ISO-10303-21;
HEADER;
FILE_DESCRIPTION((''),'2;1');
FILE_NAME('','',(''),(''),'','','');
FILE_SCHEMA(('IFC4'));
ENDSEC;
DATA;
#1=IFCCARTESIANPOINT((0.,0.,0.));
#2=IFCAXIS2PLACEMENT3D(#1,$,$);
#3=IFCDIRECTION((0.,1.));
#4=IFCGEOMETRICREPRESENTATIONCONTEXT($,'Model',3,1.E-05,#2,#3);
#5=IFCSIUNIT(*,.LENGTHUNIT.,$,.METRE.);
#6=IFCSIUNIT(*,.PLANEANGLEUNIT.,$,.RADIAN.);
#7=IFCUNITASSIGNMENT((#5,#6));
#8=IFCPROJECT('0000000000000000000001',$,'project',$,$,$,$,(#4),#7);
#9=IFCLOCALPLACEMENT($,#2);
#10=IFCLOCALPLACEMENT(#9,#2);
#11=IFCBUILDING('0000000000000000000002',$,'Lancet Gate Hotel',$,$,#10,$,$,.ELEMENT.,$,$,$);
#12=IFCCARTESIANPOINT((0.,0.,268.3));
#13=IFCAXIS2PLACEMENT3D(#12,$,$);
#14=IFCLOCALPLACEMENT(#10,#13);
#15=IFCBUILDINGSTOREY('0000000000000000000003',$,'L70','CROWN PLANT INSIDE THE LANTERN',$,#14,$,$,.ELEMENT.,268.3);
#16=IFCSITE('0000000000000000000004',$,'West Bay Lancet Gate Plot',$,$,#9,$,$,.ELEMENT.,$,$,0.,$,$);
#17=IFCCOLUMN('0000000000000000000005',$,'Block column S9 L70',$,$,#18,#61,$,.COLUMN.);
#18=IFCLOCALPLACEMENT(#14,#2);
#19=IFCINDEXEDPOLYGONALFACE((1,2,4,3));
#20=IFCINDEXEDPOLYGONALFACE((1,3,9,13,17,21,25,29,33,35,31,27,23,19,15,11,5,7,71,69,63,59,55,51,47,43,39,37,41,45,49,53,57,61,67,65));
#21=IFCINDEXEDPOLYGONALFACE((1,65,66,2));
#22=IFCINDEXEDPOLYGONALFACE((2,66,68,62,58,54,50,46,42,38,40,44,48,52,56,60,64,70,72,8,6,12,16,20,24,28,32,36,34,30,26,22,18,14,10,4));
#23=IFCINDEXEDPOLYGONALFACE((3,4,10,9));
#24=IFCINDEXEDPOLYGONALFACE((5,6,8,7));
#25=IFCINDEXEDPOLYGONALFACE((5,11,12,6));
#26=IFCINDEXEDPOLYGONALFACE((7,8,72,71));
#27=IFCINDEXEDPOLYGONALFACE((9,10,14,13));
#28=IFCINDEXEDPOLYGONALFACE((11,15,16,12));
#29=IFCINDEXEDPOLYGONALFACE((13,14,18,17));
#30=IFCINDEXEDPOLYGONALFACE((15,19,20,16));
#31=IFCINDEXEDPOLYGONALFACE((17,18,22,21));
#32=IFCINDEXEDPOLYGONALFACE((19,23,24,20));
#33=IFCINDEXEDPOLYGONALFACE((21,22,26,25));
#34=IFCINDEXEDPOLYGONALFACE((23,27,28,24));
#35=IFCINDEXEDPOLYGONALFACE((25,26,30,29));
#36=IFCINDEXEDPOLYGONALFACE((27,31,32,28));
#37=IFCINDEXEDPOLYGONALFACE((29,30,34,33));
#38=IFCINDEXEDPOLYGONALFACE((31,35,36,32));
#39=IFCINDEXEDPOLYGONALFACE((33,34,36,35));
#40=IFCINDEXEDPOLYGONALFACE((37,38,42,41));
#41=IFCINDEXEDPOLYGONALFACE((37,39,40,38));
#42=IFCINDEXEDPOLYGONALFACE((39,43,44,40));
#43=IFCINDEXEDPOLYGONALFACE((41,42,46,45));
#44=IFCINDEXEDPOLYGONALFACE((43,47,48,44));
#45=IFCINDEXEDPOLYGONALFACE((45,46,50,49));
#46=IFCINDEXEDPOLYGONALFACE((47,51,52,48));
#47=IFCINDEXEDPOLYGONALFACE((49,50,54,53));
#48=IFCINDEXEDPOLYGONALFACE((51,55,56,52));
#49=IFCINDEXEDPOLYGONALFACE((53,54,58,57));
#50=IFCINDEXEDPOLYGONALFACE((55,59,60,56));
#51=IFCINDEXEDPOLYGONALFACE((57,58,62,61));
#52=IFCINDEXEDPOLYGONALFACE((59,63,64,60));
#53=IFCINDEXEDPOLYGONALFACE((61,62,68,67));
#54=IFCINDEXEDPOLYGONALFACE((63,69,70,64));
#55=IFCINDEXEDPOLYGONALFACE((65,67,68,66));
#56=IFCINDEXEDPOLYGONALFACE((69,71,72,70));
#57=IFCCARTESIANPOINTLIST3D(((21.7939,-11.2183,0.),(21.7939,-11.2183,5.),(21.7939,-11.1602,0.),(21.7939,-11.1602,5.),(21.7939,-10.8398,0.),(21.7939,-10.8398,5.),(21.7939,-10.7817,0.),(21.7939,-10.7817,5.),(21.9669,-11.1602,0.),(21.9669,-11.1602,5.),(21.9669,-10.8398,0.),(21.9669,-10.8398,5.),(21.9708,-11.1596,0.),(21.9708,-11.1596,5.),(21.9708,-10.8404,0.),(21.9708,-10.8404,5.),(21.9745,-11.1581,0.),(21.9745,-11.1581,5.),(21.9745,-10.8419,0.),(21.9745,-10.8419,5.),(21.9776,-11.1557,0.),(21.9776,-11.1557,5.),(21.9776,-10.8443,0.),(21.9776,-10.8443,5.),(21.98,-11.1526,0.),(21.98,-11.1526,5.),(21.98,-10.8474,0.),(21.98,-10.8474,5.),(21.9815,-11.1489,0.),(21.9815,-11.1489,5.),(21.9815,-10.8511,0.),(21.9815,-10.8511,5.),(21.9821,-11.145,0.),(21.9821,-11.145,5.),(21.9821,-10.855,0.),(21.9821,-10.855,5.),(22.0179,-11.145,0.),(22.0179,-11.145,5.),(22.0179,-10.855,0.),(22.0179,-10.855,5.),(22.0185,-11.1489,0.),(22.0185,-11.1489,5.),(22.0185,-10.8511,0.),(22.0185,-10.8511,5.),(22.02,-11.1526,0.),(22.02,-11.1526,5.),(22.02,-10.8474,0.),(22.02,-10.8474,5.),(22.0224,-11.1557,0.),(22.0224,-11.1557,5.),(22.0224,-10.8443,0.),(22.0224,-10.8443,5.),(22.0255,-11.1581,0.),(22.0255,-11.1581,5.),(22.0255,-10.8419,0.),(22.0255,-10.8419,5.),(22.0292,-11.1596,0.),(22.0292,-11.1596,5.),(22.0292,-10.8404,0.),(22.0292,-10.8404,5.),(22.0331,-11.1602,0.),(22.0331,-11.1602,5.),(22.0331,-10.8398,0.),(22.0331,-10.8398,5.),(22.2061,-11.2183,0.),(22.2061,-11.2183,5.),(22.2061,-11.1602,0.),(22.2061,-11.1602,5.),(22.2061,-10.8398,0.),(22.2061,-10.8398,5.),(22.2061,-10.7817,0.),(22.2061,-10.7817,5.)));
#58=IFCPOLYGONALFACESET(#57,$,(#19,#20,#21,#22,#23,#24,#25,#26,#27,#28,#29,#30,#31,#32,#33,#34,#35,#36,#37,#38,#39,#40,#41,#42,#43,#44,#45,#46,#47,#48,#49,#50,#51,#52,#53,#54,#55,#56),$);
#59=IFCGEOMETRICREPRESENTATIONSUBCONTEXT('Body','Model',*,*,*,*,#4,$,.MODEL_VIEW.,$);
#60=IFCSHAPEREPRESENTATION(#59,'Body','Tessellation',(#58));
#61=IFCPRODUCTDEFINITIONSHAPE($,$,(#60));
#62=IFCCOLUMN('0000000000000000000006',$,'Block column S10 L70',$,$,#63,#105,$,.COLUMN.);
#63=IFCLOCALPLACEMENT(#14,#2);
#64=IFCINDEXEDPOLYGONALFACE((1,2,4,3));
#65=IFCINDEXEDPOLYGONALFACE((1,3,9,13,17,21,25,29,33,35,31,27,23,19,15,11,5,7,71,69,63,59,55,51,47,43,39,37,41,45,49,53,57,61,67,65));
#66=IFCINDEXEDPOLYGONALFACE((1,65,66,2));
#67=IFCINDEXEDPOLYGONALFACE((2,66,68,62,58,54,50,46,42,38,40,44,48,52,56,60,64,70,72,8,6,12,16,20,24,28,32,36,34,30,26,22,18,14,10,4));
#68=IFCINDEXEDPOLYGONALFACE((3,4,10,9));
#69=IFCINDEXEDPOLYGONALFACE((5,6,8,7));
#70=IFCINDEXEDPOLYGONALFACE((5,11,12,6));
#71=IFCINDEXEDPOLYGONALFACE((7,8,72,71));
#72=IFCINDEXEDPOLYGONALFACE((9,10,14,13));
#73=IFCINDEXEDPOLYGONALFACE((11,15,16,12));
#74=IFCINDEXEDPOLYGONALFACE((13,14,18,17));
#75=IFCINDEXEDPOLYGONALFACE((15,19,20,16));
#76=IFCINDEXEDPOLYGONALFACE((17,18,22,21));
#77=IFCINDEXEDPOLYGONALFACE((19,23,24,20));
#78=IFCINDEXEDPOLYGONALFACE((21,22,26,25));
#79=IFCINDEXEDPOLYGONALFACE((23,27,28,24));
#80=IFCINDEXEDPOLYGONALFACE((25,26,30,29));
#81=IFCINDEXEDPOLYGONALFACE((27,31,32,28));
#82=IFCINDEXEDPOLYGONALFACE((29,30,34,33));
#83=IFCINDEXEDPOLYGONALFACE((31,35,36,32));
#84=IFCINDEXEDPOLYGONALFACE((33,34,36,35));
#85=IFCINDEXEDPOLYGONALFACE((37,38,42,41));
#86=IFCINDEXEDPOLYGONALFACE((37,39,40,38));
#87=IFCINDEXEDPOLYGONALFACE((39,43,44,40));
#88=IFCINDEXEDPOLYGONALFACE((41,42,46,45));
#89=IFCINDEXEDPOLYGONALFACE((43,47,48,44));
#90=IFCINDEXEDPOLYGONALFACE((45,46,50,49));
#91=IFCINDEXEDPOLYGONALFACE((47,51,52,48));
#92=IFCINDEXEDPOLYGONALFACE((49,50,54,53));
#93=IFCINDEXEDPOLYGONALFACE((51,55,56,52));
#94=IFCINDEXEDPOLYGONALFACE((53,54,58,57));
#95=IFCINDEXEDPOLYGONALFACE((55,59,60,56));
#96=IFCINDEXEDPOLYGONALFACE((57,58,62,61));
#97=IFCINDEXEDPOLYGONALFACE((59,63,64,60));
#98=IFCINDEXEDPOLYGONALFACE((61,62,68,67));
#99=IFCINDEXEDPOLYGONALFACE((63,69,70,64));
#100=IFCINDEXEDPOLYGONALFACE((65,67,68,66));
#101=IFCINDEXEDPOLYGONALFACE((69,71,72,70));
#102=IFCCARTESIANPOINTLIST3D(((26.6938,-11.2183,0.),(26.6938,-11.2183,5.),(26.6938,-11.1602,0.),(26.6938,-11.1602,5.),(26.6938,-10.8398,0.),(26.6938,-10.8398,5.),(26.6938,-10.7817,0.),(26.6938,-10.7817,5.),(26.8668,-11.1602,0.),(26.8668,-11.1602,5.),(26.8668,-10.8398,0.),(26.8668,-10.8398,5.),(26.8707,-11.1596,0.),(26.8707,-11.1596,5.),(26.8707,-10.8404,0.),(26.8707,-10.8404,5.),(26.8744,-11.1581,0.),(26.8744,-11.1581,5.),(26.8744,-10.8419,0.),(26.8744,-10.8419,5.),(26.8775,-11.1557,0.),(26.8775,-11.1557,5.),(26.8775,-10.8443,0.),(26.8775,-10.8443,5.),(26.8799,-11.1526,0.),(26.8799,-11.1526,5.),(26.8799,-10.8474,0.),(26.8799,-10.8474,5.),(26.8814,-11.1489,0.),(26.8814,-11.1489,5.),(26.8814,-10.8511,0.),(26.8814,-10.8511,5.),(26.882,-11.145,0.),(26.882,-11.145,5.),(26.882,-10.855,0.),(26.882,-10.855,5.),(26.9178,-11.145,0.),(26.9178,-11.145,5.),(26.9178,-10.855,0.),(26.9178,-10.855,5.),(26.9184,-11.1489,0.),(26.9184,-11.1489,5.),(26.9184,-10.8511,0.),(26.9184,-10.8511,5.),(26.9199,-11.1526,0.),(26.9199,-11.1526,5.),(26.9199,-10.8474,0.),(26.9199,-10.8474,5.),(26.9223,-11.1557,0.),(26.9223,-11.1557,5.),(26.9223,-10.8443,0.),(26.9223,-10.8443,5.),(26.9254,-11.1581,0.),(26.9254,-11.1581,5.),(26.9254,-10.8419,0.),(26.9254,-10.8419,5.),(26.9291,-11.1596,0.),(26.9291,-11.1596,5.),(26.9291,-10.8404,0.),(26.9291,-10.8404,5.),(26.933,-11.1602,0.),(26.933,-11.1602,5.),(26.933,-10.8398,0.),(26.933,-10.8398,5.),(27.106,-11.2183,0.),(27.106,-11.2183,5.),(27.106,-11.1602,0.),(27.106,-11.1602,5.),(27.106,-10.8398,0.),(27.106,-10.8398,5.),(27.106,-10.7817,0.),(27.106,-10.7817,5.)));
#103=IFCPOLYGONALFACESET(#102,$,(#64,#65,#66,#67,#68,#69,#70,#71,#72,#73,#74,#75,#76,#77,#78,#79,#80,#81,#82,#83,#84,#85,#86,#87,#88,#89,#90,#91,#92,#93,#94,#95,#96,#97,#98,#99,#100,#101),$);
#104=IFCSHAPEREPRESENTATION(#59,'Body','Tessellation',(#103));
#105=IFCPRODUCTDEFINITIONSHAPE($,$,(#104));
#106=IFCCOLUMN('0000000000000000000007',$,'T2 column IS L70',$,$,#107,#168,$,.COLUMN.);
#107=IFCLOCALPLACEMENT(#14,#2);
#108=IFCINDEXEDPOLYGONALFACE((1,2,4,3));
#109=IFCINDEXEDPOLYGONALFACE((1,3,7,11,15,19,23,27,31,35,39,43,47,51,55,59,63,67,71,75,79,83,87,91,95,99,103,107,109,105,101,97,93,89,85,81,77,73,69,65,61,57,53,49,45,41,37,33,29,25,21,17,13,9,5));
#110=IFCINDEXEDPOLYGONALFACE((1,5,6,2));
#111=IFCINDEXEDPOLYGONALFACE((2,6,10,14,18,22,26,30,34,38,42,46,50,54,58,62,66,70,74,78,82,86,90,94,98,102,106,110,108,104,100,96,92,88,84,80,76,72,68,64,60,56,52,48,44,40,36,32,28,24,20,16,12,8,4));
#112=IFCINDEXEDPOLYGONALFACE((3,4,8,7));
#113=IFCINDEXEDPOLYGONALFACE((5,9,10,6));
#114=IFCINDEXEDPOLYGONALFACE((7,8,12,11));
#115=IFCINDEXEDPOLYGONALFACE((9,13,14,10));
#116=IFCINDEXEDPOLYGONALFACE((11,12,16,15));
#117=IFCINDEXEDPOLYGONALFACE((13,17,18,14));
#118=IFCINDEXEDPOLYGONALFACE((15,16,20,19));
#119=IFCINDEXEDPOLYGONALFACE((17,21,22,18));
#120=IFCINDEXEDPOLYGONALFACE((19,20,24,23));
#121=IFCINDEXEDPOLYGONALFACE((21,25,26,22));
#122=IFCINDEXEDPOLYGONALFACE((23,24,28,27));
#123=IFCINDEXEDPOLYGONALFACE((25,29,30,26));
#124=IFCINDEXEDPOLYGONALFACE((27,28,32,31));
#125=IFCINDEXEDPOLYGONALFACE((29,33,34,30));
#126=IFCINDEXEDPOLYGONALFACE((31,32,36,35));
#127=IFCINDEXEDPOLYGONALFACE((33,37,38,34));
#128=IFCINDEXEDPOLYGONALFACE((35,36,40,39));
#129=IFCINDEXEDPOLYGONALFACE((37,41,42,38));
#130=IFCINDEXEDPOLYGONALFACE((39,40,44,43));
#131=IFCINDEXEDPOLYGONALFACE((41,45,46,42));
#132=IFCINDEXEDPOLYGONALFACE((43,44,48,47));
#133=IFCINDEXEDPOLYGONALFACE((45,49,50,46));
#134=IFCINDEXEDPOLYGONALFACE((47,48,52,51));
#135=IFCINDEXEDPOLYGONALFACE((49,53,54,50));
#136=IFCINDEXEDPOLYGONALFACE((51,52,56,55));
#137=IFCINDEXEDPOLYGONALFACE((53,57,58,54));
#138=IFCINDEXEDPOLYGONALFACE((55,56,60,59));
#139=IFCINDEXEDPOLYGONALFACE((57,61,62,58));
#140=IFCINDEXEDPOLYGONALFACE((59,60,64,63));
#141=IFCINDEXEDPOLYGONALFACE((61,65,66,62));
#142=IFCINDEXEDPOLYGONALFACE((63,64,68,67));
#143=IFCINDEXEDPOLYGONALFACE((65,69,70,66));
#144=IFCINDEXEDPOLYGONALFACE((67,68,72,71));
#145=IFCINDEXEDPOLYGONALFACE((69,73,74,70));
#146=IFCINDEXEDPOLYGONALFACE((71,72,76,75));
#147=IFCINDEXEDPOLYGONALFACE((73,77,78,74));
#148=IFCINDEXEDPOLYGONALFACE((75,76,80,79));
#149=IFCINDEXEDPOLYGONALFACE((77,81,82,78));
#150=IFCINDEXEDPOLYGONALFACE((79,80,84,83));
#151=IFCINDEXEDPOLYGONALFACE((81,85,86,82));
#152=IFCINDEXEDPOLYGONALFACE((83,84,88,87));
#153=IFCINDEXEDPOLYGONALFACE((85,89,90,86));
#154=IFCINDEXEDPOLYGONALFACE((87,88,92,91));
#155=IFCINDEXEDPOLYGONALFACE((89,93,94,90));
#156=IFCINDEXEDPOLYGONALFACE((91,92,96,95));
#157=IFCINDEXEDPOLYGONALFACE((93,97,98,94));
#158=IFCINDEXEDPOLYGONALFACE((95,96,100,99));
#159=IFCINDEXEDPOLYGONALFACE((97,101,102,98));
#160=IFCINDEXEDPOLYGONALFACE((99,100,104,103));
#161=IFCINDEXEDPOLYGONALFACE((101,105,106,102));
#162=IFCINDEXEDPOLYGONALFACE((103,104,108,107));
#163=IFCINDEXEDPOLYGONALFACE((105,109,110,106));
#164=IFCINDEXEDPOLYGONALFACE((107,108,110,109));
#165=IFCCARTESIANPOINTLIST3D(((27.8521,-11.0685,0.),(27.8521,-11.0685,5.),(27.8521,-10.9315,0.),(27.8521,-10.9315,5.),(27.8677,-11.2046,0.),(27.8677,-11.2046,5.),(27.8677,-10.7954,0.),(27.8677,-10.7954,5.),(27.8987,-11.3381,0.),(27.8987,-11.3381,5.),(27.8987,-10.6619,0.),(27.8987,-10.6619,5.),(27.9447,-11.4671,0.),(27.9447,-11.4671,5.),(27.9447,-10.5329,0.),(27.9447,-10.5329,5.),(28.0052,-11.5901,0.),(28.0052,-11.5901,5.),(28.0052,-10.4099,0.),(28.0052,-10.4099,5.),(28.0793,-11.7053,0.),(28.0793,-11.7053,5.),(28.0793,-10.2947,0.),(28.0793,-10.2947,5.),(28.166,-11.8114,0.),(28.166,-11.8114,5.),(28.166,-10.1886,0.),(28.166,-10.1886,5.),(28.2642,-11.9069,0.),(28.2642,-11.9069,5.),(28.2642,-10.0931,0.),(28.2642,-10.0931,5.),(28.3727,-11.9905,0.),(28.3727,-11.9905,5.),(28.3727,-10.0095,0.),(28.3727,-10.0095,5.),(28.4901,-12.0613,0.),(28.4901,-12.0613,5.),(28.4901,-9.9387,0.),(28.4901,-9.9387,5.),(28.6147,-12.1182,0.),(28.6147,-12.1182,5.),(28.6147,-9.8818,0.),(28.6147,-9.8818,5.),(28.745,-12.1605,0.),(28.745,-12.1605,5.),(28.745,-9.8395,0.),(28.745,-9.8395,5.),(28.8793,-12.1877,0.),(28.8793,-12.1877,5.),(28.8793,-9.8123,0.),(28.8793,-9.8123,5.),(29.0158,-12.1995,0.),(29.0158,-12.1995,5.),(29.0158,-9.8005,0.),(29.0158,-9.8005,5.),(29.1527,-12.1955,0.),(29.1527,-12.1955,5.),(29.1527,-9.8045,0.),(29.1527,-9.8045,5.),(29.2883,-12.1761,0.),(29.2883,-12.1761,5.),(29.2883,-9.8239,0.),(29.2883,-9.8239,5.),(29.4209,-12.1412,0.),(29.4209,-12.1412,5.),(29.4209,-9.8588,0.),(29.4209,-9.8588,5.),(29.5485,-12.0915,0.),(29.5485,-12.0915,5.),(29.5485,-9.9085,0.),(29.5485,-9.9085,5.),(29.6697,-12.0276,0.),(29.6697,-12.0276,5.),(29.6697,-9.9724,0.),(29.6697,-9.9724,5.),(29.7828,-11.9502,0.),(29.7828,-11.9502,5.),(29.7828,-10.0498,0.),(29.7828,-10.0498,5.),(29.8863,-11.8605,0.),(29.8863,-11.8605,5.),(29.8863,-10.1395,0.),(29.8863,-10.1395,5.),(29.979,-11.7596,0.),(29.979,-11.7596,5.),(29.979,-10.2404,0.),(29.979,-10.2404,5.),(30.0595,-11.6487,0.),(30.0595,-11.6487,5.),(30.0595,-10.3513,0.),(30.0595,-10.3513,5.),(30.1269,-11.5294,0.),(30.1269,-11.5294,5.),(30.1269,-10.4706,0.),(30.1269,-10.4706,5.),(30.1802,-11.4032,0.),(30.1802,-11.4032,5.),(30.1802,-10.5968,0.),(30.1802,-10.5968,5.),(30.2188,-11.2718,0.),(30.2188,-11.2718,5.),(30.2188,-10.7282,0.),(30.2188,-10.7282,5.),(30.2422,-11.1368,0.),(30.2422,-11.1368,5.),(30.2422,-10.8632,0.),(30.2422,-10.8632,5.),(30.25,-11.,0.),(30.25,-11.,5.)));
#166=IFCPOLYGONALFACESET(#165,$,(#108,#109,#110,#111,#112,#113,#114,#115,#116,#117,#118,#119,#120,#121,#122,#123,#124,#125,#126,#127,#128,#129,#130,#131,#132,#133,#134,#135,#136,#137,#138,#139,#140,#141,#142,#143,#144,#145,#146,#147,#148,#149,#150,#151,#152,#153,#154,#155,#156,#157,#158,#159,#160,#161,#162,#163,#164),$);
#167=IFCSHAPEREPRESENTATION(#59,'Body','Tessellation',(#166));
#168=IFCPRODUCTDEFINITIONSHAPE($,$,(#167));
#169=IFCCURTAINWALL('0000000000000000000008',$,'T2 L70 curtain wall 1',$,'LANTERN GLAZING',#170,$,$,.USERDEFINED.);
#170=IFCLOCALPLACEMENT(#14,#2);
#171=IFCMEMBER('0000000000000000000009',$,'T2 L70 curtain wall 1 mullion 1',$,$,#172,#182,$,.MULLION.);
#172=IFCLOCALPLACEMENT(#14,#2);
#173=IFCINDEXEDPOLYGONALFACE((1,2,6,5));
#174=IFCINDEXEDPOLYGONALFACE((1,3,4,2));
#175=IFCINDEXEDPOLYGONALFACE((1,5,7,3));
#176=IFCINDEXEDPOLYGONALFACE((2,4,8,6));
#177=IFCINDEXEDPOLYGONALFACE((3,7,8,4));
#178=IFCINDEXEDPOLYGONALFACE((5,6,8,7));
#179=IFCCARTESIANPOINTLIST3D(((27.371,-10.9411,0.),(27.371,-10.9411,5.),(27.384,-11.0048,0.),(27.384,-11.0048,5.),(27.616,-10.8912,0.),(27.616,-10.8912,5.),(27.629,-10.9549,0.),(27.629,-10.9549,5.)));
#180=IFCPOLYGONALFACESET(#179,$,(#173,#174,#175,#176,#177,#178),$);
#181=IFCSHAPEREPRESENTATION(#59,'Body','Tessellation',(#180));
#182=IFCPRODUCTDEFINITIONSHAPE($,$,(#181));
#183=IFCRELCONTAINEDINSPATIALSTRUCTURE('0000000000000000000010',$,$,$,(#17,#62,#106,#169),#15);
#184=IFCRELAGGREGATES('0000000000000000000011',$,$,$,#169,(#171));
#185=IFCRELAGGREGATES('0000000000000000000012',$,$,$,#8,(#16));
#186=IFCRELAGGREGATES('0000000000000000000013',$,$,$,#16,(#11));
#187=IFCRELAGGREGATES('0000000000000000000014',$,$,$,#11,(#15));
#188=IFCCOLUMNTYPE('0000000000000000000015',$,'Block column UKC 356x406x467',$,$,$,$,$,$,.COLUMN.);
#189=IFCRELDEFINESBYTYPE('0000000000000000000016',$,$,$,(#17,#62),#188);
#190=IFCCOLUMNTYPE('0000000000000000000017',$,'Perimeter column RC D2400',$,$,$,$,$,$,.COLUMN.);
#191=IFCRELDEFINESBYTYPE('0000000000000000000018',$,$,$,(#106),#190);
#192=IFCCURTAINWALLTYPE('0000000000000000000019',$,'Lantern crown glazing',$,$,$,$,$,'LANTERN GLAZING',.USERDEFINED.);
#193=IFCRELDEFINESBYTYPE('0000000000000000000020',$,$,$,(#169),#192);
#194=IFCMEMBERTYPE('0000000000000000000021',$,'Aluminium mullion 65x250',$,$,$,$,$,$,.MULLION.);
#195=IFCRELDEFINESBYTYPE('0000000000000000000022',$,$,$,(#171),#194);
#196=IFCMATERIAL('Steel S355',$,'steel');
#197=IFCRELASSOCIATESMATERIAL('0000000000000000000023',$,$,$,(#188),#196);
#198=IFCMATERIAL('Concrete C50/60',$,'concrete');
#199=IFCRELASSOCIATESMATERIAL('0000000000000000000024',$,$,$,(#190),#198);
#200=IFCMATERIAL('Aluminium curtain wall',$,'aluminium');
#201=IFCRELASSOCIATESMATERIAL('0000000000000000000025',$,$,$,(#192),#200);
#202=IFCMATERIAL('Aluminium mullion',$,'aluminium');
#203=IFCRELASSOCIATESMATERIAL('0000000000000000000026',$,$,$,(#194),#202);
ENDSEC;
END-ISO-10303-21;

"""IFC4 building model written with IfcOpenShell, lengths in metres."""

from ifc_helpers import new_model, si_unit, direction, frame, origin, origin_2d, place, context, subcontext, project, spatial, rectangle, circle, i_section, extrude, material, material_profile, profile_set, type_object, element, aggregate, save


model = new_model("IFC4")

# Units and contexts
model_context = context("Model", 3, precision=1e-05, world=origin(), true_north=direction((0.0, 1.0)))
body_context = subcontext(model_context, "Body", "Model", "MODEL_VIEW")
ifc_project = project(units=[si_unit("LENGTHUNIT", "METRE"), si_unit("PLANEANGLEUNIT", "RADIAN")], contexts=[model_context])

# Site, building, storey
site_placement = place(None, origin())
site = spatial("IfcSite", under=ifc_project, at=site_placement, Name="West Bay Lancet Gate Plot", CompositionType="ELEMENT", RefElevation=0.0)
building_placement = place(site_placement, origin())
building = spatial("IfcBuilding", under=site, at=building_placement, Name="Lancet Gate Hotel", CompositionType="ELEMENT")
storey_placement = place(building_placement, frame((0.0, 0.0, 268.3)))
storey = spatial("IfcBuildingStorey", under=building, at=storey_placement, Name="L70", Description="CROWN PLANT INSIDE THE LANTERN", CompositionType="ELEMENT", Elevation=268.3)

# Columns
ifc_material_1 = material(Name="Steel S355", Category="steel")
ifc_material_profile_1 = material_profile(ifc_material_1, i_section(OverallWidth=0.4121, OverallDepth=0.4365, WebThickness=0.0359, FlangeThickness=0.0581, FilletRadius=0.0151, at=origin_2d()), Name="UKC 356x406x467")
ifc_profile_set_1 = profile_set([ifc_material_profile_1], Name="Steel S355")
column_type_1 = type_object("IfcColumnType", Name="Block column UKC 356x406x467", PredefinedType="COLUMN", material=ifc_profile_set_1)
for number, where, z_axis, x_axis, name in (
    (1, (22.0, -11.0, 0.0), (0.0, 0.0, 1.0), (1.0, 0.0, 0.0), "Block column S9 L70"),
    (2, (26.8999, -11.0, 0.0), (0.0, 0.0, 1.0), (1.0, 0.0, 0.0), "Block column S10 L70"),
):
    element("IfcColumn", number, at=place(storey_placement, frame(where, z_axis=z_axis, x_axis=x_axis)), inside=storey, type_object=column_type_1, Name=name, PredefinedType="COLUMN", context=body_context, shape_type="SweptSolid", body=[
        extrude(i_section(OverallWidth=0.4121, OverallDepth=0.4365, WebThickness=0.0359, FlangeThickness=0.0581, FilletRadius=0.0151, at=origin_2d()), origin(), (0.0, 0.0, 1.0), 5.0),
    ])
ifc_material_2 = material(Name="Concrete C50/60", Category="concrete")
ifc_material_profile_2 = material_profile(ifc_material_2, circle(Radius=1.2, at=origin_2d()), Name="RC D2400")
ifc_profile_set_2 = profile_set([ifc_material_profile_2], Name="Concrete C50/60")
column_type_2 = type_object("IfcColumnType", Name="Perimeter column RC D2400", PredefinedType="COLUMN", material=ifc_profile_set_2)
column_placement = place(storey_placement, frame((29.05, -11.0, 0.0), z_axis=(0.0, 0.0, 1.0), x_axis=(1.0, 0.0, 0.0)))
element("IfcColumn", 3, at=column_placement, inside=storey, type_object=column_type_2, Name="T2 column IS L70", PredefinedType="COLUMN", context=body_context, shape_type="SweptSolid", body=[
    extrude(circle(Radius=1.2, at=origin_2d()), origin(), (0.0, 0.0, 1.0), 5.0),
])

# Curtain wall, member
ifc_material_3 = material(Name="Aluminium curtain wall", Category="aluminium")
curtain_wall_type = type_object("IfcCurtainWallType", Name="Lantern crown glazing", ElementType="LANTERN GLAZING", PredefinedType="USERDEFINED", material=ifc_material_3)
curtain_wall_placement = place(storey_placement, origin())
curtain_wall = element("IfcCurtainWall", 4, at=curtain_wall_placement, inside=storey, type_object=curtain_wall_type, Name="T2 L70 curtain wall 1", ObjectType="LANTERN GLAZING", PredefinedType="USERDEFINED")
ifc_material_4 = material(Name="Aluminium mullion", Category="aluminium")
ifc_material_profile_3 = material_profile(ifc_material_4, rectangle(XDim=0.0649, YDim=0.25, at=origin_2d()), Name="MULLION 65x250")
ifc_profile_set_3 = profile_set([ifc_material_profile_3], Name="Aluminium mullion")
member_type_1 = type_object("IfcMemberType", Name="Aluminium mullion 65x250", PredefinedType="MULLION", material=ifc_profile_set_3)
member_placement = place(storey_placement, frame((27.5, -10.948, 0.0), z_axis=(0.0, 0.0, 1.0), x_axis=(0.199533, -0.979891, 0.0)))
member = element("IfcMember", 5, at=member_placement, type_object=member_type_1, Name="T2 L70 curtain wall 1 mullion 1", PredefinedType="MULLION", context=body_context, shape_type="SweptSolid", body=[
    extrude(rectangle(XDim=0.0649, YDim=0.25, at=origin_2d()), origin(), (0.0, 0.0, 1.0), 5.0),
])
aggregate(curtain_wall, [member])

save(model, "model.ifc")
